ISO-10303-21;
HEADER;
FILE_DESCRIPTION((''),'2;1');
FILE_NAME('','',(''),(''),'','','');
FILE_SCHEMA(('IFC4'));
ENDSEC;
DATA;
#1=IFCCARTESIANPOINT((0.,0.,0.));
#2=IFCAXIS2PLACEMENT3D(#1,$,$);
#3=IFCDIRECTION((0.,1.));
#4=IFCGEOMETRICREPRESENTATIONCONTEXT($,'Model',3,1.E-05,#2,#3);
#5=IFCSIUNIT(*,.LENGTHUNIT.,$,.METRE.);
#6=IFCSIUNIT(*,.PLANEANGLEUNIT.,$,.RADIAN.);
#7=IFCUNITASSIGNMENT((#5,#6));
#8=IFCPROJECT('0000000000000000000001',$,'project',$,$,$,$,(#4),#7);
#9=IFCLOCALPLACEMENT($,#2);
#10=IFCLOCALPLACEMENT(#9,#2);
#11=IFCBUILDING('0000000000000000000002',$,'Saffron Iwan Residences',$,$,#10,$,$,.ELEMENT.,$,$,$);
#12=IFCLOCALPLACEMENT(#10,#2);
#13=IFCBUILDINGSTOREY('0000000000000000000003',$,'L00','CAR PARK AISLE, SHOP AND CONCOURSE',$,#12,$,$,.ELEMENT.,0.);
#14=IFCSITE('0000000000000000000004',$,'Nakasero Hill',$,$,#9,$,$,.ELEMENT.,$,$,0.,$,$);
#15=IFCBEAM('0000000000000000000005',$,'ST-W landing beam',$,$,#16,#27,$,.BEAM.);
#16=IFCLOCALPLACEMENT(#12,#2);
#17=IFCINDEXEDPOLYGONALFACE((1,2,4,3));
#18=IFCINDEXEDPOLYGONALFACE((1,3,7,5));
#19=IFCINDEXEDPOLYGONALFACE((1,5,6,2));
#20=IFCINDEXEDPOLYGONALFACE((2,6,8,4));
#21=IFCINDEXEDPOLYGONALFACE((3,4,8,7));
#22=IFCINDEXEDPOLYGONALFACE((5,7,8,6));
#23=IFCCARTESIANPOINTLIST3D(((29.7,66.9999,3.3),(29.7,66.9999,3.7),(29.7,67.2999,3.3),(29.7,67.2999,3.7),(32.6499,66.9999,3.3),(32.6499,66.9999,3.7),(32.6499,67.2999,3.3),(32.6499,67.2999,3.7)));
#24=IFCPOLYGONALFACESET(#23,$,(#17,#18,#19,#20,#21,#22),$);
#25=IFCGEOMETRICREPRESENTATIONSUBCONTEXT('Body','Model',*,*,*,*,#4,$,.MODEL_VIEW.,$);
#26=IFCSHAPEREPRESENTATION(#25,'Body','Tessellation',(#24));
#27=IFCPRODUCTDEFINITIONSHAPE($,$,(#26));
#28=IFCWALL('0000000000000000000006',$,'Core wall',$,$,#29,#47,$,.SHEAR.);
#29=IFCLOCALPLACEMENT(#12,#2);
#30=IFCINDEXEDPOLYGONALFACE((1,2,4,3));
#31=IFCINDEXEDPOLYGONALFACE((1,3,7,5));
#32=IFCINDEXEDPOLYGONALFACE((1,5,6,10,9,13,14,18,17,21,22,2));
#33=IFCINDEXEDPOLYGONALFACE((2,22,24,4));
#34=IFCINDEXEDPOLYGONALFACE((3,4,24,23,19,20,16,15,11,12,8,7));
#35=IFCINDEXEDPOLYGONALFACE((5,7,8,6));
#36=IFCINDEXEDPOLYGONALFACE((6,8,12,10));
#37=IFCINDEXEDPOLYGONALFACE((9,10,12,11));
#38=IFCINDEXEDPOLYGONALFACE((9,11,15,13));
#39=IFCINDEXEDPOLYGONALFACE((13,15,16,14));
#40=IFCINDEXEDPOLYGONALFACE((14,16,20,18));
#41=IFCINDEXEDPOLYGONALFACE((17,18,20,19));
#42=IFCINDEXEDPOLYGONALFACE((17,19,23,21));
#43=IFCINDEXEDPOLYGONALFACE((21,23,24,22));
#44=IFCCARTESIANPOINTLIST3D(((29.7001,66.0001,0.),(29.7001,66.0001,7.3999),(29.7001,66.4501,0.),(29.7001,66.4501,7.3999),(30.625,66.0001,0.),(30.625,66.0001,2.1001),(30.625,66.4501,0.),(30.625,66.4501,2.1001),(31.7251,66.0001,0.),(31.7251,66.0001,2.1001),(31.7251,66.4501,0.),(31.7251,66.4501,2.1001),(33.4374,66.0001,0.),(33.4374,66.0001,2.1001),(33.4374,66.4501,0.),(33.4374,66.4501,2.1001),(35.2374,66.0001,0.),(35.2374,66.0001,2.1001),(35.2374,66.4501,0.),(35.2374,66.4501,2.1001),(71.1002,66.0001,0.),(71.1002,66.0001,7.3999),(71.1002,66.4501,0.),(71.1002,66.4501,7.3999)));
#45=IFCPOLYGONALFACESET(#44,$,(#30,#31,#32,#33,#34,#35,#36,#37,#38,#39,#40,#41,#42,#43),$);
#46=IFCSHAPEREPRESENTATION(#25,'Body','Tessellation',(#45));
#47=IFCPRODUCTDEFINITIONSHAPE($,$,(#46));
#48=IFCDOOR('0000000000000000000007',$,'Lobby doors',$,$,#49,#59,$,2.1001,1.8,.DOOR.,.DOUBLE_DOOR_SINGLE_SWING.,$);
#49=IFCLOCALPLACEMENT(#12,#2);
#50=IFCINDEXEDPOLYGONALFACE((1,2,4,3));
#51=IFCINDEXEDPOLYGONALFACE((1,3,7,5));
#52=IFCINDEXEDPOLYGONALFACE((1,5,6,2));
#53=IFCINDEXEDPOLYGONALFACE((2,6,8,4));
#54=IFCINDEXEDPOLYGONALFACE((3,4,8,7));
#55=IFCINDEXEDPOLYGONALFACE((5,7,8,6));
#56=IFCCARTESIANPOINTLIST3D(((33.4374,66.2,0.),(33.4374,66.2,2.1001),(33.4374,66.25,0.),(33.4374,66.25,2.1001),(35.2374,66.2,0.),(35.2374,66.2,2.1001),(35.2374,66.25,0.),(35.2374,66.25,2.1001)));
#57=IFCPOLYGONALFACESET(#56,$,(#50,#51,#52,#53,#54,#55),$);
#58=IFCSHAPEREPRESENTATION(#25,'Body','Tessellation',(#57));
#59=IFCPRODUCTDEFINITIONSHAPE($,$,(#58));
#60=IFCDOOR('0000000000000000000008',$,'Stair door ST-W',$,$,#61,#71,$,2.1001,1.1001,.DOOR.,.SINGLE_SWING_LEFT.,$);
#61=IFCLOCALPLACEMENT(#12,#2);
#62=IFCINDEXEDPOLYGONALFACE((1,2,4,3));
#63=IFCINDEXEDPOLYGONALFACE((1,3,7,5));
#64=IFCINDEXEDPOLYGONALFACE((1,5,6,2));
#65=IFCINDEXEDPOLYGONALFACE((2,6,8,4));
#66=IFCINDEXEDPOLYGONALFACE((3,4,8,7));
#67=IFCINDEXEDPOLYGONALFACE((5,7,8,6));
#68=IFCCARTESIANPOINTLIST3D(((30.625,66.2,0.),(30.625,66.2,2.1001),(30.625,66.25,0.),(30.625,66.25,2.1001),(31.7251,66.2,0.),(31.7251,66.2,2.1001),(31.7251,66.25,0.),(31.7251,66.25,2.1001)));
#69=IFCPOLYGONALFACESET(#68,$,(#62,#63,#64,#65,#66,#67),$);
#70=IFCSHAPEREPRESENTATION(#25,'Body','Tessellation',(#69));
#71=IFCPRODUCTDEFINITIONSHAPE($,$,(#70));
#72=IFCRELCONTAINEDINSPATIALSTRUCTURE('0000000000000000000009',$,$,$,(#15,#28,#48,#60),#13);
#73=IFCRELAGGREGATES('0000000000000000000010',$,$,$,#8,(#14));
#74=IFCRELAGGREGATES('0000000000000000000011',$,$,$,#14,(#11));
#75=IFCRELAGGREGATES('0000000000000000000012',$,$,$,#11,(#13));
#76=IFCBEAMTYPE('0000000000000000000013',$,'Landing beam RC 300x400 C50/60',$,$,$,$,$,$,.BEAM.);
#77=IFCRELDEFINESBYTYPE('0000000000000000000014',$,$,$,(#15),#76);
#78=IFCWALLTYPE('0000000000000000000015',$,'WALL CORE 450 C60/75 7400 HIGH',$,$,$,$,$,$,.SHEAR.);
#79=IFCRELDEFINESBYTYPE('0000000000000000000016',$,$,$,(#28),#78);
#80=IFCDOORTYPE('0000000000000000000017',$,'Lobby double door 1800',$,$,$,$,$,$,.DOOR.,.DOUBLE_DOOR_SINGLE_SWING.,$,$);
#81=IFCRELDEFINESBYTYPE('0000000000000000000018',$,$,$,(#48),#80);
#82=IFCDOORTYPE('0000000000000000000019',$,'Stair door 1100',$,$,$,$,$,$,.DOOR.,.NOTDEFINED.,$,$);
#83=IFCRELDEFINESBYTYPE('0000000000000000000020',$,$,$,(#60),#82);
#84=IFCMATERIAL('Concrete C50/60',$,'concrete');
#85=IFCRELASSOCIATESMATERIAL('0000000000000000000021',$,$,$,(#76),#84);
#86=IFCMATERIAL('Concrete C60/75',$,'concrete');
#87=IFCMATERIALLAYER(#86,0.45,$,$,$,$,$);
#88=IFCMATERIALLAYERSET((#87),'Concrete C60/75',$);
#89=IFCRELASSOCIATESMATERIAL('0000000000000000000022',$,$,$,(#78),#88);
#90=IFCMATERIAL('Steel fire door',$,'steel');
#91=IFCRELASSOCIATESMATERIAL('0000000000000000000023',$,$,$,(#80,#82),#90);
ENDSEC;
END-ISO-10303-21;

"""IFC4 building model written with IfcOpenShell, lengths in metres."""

from ifc_helpers import new_model, si_unit, direction, frame, frame_2d, origin, origin_2d, place, context, subcontext, project, spatial, rectangle, extrude, source, transform, mapped, material, layer, layer_set, material_profile, profile_set, type_object, element, fill, save


model = new_model("IFC4")

# Units and contexts
model_context = context("Model", 3, precision=1e-05, world=origin(), true_north=direction((0.0, 1.0)))
body_context = subcontext(model_context, "Body", "Model", "MODEL_VIEW")
ifc_project = project(units=[si_unit("LENGTHUNIT", "METRE"), si_unit("PLANEANGLEUNIT", "RADIAN")], contexts=[model_context])

# Site, building, storey
site_placement = place(None, origin())
site = spatial("IfcSite", under=ifc_project, at=site_placement, Name="Nakasero Hill", CompositionType="ELEMENT", RefElevation=0.0)
building_placement = place(site_placement, origin())
building = spatial("IfcBuilding", under=site, at=building_placement, Name="Saffron Iwan Residences", CompositionType="ELEMENT")
storey_placement = place(building_placement, origin())
storey = spatial("IfcBuildingStorey", under=building, at=storey_placement, Name="L00", Description="CAR PARK AISLE, SHOP AND CONCOURSE", CompositionType="ELEMENT", Elevation=0.0)

# Beam
ifc_material_1 = material(Name="Concrete C50/60", Category="concrete")
ifc_material_profile = material_profile(ifc_material_1, rectangle(XDim=0.3, YDim=0.3999, at=origin_2d()), Name="Landing beam RC 300x400 C50/60")
ifc_profile_set = profile_set([ifc_material_profile], Name="Concrete C50/60")
beam_type = type_object("IfcBeamType", Name="Landing beam RC 300x400 C50/60", PredefinedType="BEAM", material=ifc_profile_set)
shared_shape_1 = source(origin(), body_context, "Body", "SweptSolid", [
    extrude(rectangle(XDim=0.3, YDim=0.3999, at=origin_2d()), origin(), (0.0, 0.0, 1.0), 2.95),
])
beam_placement = place(storey_placement, frame((32.6499, 67.1499, 3.5), z_axis=(-1.0, 0.0, 0.0), x_axis=(0.0, -1.0, 0.0)))
element("IfcBeam", 1, at=beam_placement, inside=storey, type_object=beam_type, Name="ST-W landing beam", PredefinedType="BEAM", context=body_context, shape_type="MappedRepresentation", body=[
    mapped(shared_shape_1, transform((0.0, 0.0, 0.0))),
])

# Wall, openings, doors
ifc_material_2 = material(Name="Concrete C60/75", Category="concrete")
ifc_layer_1 = layer(ifc_material_2, 0.45)
ifc_layer_set_1 = layer_set([ifc_layer_1], Name="Concrete C60/75")
wall_type = type_object("IfcWallType", Name="WALL CORE 450 C60/75 7400 HIGH", PredefinedType="SHEAR", material=ifc_layer_set_1)
wall_1_placement = place(storey_placement, frame((29.7, 66.2251, 0.0), z_axis=(0.0, 0.0, 1.0), x_axis=(1.0, 0.0, 0.0)))
wall_1 = element("IfcWall", 2, at=wall_1_placement, inside=storey, type_object=wall_type, Name="Core wall", PredefinedType="SHEAR", context=body_context, shape_type="SweptSolid", body=[
    extrude(rectangle(XDim=41.4001, YDim=0.45, at=frame_2d((20.7002, 0.0))), origin(), (0.0, 0.0, 1.0), 7.3999),
])
opening_1_placement = place(wall_1_placement, frame((0.925, 0.0, 0.0)))
opening_1 = element("IfcOpeningElement", 3, at=opening_1_placement, cuts=wall_1, PredefinedType="OPENING", context=body_context, shape_type="SweptSolid", body=[
    extrude(rectangle(XDim=1.1001, YDim=2.1001, at=frame_2d((0.55, 1.05))), frame((0.0, 0.2349, 0.0), z_axis=(0.0, -1.0, 0.0), x_axis=(1.0, 0.0, 0.0)), (0.0, 0.0, 1.0), 0.47),
])
opening_2_placement = place(wall_1_placement, frame((3.7375, 0.0, 0.0)))
opening_2 = element("IfcOpeningElement", 4, at=opening_2_placement, cuts=wall_1, PredefinedType="OPENING", context=body_context, shape_type="SweptSolid", body=[
    extrude(rectangle(XDim=1.8, YDim=2.1001, at=frame_2d((0.8999, 1.05))), frame((0.0, 0.2349, 0.0), z_axis=(0.0, -1.0, 0.0), x_axis=(1.0, 0.0, 0.0)), (0.0, 0.0, 1.0), 0.47),
])
ifc_material_3 = material(Name="Steel fire door", Category="steel")
door_type_1 = type_object("IfcDoorType", Name="Lobby double door 1800", OperationType="DOUBLE_DOOR_SINGLE_SWING", PredefinedType="DOOR", material=ifc_material_3)
door_1_placement = place(opening_2_placement, origin())
door_1 = element("IfcDoor", 5, at=door_1_placement, inside=storey, type_object=door_type_1, Name="Lobby doors", OperationType="DOUBLE_DOOR_SINGLE_SWING", OverallHeight=2.1001, OverallWidth=1.8, PredefinedType="DOOR", context=body_context, shape_type="SweptSolid", body=[
    extrude(rectangle(XDim=1.8, YDim=2.1001, at=frame_2d((0.8999, 1.05))), frame((0.0, 0.0249, 0.0), z_axis=(0.0, -1.0, 0.0), x_axis=(1.0, 0.0, 0.0)), (0.0, 0.0, 1.0), 0.05),
])
fill(opening_2, door_1)
door_type_2 = type_object("IfcDoorType", Name="Stair door 1100", OperationType="NOTDEFINED", PredefinedType="DOOR", material=ifc_material_3)
door_2_placement = place(opening_1_placement, origin())
door_2 = element("IfcDoor", 6, at=door_2_placement, inside=storey, type_object=door_type_2, Name="Stair door ST-W", OperationType="SINGLE_SWING_LEFT", OverallHeight=2.1001, OverallWidth=1.1001, PredefinedType="DOOR", context=body_context, shape_type="SweptSolid", body=[
    extrude(rectangle(XDim=1.1001, YDim=2.1001, at=frame_2d((0.55, 1.05))), frame((0.0, 0.0249, 0.0), z_axis=(0.0, -1.0, 0.0), x_axis=(1.0, 0.0, 0.0)), (0.0, 0.0, 1.0), 0.05),
])
fill(opening_1, door_2)

save(model, "model.ifc")
